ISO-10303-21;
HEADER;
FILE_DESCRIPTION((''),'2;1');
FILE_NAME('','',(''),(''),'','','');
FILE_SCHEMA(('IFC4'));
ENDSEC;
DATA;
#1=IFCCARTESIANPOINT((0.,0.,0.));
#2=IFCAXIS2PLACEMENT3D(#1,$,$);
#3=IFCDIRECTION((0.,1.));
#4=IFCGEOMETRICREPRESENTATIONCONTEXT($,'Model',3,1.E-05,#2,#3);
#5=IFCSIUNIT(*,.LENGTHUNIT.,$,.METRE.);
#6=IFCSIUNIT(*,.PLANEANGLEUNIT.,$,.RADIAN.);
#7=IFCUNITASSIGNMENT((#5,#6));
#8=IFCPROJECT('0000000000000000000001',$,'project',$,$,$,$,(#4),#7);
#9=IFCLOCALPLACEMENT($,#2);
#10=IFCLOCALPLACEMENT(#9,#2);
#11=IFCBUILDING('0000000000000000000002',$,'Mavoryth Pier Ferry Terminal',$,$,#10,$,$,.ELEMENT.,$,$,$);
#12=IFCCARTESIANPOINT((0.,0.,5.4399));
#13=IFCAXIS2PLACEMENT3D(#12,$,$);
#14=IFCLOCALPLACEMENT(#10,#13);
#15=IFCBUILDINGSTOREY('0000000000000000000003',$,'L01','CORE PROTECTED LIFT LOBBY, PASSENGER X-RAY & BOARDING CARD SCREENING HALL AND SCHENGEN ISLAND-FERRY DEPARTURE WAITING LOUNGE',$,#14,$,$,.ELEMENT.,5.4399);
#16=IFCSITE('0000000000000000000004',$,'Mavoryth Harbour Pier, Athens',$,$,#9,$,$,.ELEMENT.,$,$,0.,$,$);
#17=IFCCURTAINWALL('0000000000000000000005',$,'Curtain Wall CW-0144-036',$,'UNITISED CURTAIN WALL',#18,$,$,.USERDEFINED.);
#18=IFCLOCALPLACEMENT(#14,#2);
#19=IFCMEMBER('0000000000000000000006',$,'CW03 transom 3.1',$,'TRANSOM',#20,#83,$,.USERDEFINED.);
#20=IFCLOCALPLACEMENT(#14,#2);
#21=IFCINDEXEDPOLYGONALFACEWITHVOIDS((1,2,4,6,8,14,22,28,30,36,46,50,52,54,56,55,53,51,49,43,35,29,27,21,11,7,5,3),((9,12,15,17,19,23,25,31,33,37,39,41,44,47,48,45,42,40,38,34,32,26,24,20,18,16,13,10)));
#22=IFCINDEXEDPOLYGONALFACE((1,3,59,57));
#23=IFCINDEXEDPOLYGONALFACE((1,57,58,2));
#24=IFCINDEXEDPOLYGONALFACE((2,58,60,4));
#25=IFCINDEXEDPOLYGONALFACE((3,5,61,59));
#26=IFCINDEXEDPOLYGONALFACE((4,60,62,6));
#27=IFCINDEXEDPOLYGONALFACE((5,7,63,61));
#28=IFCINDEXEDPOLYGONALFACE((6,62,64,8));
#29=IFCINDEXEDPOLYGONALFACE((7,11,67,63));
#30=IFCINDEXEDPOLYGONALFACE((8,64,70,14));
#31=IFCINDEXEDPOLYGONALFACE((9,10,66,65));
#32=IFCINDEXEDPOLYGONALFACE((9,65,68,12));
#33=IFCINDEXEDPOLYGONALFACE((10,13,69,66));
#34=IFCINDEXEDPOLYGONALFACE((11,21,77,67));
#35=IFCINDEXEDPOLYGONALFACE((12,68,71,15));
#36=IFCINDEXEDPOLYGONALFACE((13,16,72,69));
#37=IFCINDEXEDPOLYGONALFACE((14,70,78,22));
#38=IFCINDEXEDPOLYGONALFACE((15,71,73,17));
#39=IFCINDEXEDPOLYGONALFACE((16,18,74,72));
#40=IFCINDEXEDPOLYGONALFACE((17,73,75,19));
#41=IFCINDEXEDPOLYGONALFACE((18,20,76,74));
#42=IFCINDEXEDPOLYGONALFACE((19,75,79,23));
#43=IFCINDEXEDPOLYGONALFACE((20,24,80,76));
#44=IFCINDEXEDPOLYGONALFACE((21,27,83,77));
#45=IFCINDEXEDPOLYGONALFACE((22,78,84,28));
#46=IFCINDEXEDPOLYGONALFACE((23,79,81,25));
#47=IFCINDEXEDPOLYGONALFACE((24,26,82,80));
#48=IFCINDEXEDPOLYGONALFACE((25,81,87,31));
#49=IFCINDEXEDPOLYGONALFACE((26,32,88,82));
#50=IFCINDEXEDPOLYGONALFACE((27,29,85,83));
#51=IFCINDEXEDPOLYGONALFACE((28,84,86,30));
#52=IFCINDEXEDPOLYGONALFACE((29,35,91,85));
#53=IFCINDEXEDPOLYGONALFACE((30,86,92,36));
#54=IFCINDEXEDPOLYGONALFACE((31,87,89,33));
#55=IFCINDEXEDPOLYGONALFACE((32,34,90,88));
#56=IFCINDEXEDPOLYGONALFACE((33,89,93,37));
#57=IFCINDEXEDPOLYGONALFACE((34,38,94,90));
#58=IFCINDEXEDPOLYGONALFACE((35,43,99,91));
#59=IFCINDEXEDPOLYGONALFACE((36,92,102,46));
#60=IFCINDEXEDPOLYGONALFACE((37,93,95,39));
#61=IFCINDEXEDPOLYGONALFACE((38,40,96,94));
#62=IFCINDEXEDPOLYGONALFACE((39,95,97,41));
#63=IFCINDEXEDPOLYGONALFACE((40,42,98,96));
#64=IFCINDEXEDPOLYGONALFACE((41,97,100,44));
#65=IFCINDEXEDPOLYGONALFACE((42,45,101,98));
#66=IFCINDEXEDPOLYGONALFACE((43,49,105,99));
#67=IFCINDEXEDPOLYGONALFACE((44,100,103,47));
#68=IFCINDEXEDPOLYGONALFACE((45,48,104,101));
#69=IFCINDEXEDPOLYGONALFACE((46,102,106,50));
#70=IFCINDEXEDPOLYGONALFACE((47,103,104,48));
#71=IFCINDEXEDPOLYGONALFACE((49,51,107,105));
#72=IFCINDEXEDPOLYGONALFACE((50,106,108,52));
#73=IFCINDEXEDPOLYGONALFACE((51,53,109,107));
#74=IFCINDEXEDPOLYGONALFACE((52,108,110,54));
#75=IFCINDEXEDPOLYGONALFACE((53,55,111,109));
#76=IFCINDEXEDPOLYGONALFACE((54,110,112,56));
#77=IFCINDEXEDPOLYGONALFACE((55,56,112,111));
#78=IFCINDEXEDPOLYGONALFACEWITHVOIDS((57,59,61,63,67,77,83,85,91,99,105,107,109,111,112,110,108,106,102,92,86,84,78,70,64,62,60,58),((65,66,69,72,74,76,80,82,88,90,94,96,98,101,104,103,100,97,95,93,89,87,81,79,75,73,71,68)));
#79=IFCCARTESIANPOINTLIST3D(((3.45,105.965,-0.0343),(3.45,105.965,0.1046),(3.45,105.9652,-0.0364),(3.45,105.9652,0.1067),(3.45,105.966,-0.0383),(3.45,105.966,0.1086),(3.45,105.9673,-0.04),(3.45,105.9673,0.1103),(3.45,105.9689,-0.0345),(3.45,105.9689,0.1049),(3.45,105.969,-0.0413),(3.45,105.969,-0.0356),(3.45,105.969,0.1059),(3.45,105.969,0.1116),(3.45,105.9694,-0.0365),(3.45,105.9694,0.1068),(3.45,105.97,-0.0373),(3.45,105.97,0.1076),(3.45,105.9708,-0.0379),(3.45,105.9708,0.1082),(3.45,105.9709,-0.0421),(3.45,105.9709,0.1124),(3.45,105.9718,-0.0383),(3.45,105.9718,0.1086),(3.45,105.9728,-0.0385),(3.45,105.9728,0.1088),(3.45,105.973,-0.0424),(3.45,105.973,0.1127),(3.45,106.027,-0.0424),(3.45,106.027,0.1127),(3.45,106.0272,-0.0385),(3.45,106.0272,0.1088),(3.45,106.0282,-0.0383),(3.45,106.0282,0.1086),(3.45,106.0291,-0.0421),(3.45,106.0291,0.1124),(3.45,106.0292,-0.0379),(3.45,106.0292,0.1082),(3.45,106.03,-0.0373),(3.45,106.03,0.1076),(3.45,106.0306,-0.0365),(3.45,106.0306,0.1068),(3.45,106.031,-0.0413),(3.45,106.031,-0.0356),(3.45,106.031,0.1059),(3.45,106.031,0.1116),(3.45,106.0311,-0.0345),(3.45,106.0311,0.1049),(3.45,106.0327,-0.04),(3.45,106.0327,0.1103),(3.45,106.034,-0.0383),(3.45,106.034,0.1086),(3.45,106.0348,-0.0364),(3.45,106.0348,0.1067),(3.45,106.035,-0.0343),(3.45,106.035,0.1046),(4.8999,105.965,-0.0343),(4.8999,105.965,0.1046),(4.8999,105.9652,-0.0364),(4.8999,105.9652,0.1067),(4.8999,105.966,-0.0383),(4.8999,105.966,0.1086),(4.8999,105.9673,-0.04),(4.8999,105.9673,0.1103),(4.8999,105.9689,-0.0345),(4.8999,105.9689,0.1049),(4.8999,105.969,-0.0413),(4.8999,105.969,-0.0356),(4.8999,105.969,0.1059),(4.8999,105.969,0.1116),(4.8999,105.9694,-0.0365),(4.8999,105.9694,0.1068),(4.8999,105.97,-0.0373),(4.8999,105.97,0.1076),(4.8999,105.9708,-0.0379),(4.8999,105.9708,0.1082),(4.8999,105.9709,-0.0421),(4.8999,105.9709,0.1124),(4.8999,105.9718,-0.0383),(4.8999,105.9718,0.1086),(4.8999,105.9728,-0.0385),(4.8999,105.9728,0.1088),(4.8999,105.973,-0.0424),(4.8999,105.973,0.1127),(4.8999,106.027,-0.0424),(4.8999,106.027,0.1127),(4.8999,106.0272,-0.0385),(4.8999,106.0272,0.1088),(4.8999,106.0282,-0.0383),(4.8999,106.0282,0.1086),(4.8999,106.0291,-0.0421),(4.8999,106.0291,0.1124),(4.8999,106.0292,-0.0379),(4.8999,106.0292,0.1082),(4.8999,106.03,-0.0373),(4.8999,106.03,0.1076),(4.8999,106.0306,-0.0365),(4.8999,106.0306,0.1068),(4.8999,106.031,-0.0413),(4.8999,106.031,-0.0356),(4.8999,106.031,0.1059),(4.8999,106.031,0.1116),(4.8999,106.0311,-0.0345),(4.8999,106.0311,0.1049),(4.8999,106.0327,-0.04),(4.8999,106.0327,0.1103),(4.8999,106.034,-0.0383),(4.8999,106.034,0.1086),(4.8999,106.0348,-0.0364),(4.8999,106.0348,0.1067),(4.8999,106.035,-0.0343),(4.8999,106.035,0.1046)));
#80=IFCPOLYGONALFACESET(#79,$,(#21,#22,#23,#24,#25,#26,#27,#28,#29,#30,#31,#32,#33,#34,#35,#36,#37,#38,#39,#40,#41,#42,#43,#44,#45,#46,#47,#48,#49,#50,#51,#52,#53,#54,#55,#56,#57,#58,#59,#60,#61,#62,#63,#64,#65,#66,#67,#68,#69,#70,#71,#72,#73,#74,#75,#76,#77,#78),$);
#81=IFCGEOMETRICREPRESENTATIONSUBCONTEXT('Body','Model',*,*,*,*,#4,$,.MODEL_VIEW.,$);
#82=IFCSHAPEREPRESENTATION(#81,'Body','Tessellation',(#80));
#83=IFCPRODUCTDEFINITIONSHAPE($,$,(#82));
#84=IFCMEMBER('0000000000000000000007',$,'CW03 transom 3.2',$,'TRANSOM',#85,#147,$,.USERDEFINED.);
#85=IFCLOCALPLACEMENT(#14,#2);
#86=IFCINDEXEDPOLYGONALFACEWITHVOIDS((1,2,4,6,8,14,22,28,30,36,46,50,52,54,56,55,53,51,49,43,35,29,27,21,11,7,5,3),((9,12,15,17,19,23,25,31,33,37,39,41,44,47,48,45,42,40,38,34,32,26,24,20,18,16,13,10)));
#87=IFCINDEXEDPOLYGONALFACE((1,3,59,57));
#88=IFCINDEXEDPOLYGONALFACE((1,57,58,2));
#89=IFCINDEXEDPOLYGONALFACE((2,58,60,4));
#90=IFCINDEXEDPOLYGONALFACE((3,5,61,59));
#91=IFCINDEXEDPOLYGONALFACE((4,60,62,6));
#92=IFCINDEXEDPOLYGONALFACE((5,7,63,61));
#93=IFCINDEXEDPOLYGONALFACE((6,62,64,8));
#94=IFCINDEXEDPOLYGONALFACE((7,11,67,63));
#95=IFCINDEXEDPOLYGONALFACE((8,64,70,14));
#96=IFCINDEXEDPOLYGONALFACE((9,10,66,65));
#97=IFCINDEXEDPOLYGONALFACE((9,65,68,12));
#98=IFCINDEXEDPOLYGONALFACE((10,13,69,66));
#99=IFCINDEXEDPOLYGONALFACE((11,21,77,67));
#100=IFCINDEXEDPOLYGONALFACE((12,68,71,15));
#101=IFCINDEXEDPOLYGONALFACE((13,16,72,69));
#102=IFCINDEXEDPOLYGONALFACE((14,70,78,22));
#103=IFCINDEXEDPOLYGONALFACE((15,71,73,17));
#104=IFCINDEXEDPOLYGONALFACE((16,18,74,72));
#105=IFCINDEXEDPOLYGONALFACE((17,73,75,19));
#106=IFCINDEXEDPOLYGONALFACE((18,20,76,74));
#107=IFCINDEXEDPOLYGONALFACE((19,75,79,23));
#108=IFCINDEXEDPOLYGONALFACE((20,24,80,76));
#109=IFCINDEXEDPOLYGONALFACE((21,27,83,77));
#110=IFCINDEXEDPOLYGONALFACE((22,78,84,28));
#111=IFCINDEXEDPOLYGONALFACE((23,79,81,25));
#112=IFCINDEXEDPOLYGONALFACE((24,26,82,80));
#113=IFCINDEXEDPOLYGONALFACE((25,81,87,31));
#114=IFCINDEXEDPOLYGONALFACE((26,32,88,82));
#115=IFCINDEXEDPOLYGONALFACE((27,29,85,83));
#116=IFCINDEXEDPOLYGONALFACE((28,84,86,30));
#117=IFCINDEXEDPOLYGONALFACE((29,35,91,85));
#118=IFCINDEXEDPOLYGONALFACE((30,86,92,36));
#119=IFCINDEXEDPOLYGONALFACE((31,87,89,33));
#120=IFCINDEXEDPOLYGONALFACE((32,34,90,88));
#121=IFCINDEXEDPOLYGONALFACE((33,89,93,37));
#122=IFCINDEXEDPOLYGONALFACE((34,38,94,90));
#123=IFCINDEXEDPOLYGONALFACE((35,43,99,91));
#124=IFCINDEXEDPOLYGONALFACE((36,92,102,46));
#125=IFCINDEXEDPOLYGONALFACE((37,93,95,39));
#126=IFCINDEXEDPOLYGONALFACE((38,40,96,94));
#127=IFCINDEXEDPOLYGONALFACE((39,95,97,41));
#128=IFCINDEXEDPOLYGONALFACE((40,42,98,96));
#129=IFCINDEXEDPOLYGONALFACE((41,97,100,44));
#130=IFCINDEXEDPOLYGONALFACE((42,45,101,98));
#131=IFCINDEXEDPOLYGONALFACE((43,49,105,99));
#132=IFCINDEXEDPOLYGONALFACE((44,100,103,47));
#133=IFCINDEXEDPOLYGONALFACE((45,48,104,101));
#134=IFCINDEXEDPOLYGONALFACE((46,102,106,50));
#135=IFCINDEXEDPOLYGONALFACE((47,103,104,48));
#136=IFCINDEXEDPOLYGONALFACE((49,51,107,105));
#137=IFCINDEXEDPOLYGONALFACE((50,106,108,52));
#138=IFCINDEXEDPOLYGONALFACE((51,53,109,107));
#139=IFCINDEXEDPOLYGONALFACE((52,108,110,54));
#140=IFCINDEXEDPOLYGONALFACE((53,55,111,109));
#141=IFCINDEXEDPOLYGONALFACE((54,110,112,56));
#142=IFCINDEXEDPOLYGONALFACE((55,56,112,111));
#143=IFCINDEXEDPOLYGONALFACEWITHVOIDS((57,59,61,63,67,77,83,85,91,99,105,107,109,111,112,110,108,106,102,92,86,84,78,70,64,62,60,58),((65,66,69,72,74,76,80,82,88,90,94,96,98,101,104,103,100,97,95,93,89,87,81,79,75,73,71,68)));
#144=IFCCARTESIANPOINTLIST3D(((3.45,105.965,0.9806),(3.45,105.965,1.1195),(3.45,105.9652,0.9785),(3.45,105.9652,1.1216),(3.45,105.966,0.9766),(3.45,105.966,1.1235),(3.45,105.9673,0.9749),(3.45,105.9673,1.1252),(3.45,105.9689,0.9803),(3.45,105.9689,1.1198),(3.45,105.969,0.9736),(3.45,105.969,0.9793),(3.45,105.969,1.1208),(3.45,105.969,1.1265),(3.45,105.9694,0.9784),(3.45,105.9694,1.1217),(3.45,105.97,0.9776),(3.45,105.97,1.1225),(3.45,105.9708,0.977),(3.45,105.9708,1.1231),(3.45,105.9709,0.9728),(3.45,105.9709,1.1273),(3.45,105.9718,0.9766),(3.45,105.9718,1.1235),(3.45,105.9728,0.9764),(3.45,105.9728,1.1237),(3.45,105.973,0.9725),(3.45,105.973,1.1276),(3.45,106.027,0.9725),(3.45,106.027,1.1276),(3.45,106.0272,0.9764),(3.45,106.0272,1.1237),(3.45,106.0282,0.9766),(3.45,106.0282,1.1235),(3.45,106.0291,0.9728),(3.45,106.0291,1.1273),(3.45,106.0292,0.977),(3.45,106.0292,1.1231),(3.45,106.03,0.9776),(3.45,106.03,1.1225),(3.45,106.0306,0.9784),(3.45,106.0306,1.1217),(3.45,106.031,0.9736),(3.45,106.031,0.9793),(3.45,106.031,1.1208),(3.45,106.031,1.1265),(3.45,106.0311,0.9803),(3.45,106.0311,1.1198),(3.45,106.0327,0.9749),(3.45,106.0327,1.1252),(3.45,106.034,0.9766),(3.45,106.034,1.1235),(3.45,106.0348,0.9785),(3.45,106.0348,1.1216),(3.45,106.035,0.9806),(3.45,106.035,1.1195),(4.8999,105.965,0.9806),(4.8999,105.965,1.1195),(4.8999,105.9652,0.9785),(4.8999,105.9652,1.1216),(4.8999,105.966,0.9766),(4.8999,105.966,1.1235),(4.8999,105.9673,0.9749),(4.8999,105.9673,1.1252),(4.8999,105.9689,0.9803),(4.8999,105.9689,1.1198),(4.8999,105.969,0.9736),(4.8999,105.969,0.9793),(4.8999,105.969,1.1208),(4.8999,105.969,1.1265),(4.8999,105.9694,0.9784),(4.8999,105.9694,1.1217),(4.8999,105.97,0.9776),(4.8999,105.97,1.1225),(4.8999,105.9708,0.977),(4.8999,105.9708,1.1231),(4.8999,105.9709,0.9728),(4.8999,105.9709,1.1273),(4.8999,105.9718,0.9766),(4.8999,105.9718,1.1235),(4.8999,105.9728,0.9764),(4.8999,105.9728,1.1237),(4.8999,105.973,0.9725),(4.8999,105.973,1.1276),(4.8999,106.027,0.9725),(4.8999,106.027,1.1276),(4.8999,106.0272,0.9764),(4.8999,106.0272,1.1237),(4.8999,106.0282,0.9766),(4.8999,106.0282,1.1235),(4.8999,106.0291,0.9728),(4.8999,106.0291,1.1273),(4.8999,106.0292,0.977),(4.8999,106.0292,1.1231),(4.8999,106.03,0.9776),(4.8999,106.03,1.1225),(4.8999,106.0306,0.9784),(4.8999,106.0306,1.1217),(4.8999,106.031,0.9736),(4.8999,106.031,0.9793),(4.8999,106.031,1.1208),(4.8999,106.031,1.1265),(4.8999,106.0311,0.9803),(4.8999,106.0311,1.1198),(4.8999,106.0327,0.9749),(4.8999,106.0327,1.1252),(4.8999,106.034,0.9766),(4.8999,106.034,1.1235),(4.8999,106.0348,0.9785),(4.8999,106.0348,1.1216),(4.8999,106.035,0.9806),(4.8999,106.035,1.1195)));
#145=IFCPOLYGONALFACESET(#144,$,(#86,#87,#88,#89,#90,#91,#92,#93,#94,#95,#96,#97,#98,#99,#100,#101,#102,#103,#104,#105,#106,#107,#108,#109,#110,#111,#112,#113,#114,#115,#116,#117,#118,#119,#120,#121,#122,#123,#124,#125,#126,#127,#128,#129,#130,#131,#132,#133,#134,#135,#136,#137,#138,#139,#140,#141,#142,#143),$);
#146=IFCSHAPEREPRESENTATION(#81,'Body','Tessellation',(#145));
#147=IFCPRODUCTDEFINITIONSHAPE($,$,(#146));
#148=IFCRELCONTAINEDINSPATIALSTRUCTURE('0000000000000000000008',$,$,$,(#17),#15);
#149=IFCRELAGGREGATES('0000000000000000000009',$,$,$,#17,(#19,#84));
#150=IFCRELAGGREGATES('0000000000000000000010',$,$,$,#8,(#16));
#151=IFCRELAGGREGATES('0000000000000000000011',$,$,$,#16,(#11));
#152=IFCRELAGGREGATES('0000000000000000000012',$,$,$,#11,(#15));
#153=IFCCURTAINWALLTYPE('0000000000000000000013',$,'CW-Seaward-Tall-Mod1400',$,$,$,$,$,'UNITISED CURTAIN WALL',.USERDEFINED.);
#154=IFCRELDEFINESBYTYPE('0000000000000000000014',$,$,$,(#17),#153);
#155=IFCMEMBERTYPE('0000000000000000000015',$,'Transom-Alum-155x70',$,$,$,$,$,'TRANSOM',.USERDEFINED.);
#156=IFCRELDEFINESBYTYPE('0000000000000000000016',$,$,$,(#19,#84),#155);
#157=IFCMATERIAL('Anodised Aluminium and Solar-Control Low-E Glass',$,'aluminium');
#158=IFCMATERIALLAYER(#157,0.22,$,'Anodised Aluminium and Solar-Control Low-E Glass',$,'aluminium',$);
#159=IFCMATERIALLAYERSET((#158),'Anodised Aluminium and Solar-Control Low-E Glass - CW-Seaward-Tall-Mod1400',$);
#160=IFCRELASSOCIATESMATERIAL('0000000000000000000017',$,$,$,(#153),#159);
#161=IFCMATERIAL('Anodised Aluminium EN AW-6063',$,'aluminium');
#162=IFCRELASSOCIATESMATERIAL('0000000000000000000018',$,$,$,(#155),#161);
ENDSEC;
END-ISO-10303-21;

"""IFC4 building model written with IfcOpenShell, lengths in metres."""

from ifc_helpers import new_model, si_unit, direction, frame, origin, origin_2d, place, context, subcontext, project, spatial, hollow_rectangle, extrude, material, layer, layer_set, material_profile, profile_set, type_object, element, aggregate, save


model = new_model("IFC4")

# Units and contexts
model_context = context("Model", 3, precision=1e-05, world=origin(), true_north=direction((0.0, 1.0)))
body_context = subcontext(model_context, "Body", "Model", "MODEL_VIEW")
ifc_project = project(units=[si_unit("LENGTHUNIT", "METRE"), si_unit("PLANEANGLEUNIT", "RADIAN")], contexts=[model_context])

# Site, building, storey
site_placement = place(None, origin())
site = spatial("IfcSite", under=ifc_project, at=site_placement, Name="Mavoryth Harbour Pier, Athens", CompositionType="ELEMENT", RefElevation=0.0)
building_placement = place(site_placement, origin())
building = spatial("IfcBuilding", under=site, at=building_placement, Name="Mavoryth Pier Ferry Terminal", CompositionType="ELEMENT")
storey_placement = place(building_placement, frame((0.0, 0.0, 5.4399)))
storey = spatial("IfcBuildingStorey", under=building, at=storey_placement, Name="L01", Description="CORE PROTECTED LIFT LOBBY, PASSENGER X-RAY & BOARDING CARD SCREENING HALL AND SCHENGEN ISLAND-FERRY DEPARTURE WAITING LOUNGE", CompositionType="ELEMENT", Elevation=5.4399)

# Curtain wall
ifc_material_1 = material(Name="Anodised Aluminium and Solar-Control Low-E Glass", Category="aluminium")
ifc_layer_1 = layer(ifc_material_1, 0.22, Name="Anodised Aluminium and Solar-Control Low-E Glass", Category="aluminium")
ifc_layer_set_1 = layer_set([ifc_layer_1], Name="Anodised Aluminium and Solar-Control Low-E Glass - CW-Seaward-Tall-Mod1400")
curtain_wall_type = type_object("IfcCurtainWallType", Name="CW-Seaward-Tall-Mod1400", ElementType="UNITISED CURTAIN WALL", PredefinedType="USERDEFINED", material=ifc_layer_set_1)
curtain_wall_1_placement = place(storey_placement, origin())
curtain_wall_1 = element("IfcCurtainWall", 1, at=curtain_wall_1_placement, inside=storey, type_object=curtain_wall_type, Name="Curtain Wall CW-0144-036", ObjectType="UNITISED CURTAIN WALL", PredefinedType="USERDEFINED")
ifc_material_2 = material(Name="Anodised Aluminium EN AW-6063", Category="aluminium")

# Members
ifc_material_profile_1 = material_profile(ifc_material_2, hollow_rectangle(XDim=0.0701, YDim=0.155, WallThickness=0.0039, InnerFilletRadius=0.0039, OuterFilletRadius=0.0081, at=origin_2d()), Name="AL-TRAN 155x70x4", Category="aluminium")
ifc_profile_set_1 = profile_set([ifc_material_profile_1], Name="Anodised Aluminium EN AW-6063 - AL-TRAN 155x70x4")
member_type_1 = type_object("IfcMemberType", Name="Transom-Alum-155x70", ElementType="TRANSOM", PredefinedType="USERDEFINED", material=ifc_profile_set_1)
member_1_placement = place(storey_placement, frame((4.8999, 106.0, 0.0352), z_axis=(-1.0, 0.0, 0.0), x_axis=(0.0, -1.0, 0.0)))
member_1 = element("IfcMember", 2, at=member_1_placement, type_object=member_type_1, Name="CW03 transom 3.1", ObjectType="TRANSOM", PredefinedType="USERDEFINED", context=body_context, shape_type="SweptSolid", body=[
    extrude(hollow_rectangle(XDim=0.0701, YDim=0.155, WallThickness=0.0039, InnerFilletRadius=0.0039, OuterFilletRadius=0.0081, at=origin_2d()), origin(), (0.0, 0.0, 1.0), 1.45),
])
member_2_placement = place(storey_placement, frame((4.8999, 106.0, 1.05), z_axis=(-1.0, 0.0, 0.0), x_axis=(0.0, -1.0, 0.0)))
member_2 = element("IfcMember", 3, at=member_2_placement, type_object=member_type_1, Name="CW03 transom 3.2", ObjectType="TRANSOM", PredefinedType="USERDEFINED", context=body_context, shape_type="SweptSolid", body=[
    extrude(hollow_rectangle(XDim=0.0701, YDim=0.155, WallThickness=0.0039, InnerFilletRadius=0.0039, OuterFilletRadius=0.0081, at=origin_2d()), origin(), (0.0, 0.0, 1.0), 1.45),
])

aggregate(curtain_wall_1, [member_1, member_2])

save(model, "model.ifc")
